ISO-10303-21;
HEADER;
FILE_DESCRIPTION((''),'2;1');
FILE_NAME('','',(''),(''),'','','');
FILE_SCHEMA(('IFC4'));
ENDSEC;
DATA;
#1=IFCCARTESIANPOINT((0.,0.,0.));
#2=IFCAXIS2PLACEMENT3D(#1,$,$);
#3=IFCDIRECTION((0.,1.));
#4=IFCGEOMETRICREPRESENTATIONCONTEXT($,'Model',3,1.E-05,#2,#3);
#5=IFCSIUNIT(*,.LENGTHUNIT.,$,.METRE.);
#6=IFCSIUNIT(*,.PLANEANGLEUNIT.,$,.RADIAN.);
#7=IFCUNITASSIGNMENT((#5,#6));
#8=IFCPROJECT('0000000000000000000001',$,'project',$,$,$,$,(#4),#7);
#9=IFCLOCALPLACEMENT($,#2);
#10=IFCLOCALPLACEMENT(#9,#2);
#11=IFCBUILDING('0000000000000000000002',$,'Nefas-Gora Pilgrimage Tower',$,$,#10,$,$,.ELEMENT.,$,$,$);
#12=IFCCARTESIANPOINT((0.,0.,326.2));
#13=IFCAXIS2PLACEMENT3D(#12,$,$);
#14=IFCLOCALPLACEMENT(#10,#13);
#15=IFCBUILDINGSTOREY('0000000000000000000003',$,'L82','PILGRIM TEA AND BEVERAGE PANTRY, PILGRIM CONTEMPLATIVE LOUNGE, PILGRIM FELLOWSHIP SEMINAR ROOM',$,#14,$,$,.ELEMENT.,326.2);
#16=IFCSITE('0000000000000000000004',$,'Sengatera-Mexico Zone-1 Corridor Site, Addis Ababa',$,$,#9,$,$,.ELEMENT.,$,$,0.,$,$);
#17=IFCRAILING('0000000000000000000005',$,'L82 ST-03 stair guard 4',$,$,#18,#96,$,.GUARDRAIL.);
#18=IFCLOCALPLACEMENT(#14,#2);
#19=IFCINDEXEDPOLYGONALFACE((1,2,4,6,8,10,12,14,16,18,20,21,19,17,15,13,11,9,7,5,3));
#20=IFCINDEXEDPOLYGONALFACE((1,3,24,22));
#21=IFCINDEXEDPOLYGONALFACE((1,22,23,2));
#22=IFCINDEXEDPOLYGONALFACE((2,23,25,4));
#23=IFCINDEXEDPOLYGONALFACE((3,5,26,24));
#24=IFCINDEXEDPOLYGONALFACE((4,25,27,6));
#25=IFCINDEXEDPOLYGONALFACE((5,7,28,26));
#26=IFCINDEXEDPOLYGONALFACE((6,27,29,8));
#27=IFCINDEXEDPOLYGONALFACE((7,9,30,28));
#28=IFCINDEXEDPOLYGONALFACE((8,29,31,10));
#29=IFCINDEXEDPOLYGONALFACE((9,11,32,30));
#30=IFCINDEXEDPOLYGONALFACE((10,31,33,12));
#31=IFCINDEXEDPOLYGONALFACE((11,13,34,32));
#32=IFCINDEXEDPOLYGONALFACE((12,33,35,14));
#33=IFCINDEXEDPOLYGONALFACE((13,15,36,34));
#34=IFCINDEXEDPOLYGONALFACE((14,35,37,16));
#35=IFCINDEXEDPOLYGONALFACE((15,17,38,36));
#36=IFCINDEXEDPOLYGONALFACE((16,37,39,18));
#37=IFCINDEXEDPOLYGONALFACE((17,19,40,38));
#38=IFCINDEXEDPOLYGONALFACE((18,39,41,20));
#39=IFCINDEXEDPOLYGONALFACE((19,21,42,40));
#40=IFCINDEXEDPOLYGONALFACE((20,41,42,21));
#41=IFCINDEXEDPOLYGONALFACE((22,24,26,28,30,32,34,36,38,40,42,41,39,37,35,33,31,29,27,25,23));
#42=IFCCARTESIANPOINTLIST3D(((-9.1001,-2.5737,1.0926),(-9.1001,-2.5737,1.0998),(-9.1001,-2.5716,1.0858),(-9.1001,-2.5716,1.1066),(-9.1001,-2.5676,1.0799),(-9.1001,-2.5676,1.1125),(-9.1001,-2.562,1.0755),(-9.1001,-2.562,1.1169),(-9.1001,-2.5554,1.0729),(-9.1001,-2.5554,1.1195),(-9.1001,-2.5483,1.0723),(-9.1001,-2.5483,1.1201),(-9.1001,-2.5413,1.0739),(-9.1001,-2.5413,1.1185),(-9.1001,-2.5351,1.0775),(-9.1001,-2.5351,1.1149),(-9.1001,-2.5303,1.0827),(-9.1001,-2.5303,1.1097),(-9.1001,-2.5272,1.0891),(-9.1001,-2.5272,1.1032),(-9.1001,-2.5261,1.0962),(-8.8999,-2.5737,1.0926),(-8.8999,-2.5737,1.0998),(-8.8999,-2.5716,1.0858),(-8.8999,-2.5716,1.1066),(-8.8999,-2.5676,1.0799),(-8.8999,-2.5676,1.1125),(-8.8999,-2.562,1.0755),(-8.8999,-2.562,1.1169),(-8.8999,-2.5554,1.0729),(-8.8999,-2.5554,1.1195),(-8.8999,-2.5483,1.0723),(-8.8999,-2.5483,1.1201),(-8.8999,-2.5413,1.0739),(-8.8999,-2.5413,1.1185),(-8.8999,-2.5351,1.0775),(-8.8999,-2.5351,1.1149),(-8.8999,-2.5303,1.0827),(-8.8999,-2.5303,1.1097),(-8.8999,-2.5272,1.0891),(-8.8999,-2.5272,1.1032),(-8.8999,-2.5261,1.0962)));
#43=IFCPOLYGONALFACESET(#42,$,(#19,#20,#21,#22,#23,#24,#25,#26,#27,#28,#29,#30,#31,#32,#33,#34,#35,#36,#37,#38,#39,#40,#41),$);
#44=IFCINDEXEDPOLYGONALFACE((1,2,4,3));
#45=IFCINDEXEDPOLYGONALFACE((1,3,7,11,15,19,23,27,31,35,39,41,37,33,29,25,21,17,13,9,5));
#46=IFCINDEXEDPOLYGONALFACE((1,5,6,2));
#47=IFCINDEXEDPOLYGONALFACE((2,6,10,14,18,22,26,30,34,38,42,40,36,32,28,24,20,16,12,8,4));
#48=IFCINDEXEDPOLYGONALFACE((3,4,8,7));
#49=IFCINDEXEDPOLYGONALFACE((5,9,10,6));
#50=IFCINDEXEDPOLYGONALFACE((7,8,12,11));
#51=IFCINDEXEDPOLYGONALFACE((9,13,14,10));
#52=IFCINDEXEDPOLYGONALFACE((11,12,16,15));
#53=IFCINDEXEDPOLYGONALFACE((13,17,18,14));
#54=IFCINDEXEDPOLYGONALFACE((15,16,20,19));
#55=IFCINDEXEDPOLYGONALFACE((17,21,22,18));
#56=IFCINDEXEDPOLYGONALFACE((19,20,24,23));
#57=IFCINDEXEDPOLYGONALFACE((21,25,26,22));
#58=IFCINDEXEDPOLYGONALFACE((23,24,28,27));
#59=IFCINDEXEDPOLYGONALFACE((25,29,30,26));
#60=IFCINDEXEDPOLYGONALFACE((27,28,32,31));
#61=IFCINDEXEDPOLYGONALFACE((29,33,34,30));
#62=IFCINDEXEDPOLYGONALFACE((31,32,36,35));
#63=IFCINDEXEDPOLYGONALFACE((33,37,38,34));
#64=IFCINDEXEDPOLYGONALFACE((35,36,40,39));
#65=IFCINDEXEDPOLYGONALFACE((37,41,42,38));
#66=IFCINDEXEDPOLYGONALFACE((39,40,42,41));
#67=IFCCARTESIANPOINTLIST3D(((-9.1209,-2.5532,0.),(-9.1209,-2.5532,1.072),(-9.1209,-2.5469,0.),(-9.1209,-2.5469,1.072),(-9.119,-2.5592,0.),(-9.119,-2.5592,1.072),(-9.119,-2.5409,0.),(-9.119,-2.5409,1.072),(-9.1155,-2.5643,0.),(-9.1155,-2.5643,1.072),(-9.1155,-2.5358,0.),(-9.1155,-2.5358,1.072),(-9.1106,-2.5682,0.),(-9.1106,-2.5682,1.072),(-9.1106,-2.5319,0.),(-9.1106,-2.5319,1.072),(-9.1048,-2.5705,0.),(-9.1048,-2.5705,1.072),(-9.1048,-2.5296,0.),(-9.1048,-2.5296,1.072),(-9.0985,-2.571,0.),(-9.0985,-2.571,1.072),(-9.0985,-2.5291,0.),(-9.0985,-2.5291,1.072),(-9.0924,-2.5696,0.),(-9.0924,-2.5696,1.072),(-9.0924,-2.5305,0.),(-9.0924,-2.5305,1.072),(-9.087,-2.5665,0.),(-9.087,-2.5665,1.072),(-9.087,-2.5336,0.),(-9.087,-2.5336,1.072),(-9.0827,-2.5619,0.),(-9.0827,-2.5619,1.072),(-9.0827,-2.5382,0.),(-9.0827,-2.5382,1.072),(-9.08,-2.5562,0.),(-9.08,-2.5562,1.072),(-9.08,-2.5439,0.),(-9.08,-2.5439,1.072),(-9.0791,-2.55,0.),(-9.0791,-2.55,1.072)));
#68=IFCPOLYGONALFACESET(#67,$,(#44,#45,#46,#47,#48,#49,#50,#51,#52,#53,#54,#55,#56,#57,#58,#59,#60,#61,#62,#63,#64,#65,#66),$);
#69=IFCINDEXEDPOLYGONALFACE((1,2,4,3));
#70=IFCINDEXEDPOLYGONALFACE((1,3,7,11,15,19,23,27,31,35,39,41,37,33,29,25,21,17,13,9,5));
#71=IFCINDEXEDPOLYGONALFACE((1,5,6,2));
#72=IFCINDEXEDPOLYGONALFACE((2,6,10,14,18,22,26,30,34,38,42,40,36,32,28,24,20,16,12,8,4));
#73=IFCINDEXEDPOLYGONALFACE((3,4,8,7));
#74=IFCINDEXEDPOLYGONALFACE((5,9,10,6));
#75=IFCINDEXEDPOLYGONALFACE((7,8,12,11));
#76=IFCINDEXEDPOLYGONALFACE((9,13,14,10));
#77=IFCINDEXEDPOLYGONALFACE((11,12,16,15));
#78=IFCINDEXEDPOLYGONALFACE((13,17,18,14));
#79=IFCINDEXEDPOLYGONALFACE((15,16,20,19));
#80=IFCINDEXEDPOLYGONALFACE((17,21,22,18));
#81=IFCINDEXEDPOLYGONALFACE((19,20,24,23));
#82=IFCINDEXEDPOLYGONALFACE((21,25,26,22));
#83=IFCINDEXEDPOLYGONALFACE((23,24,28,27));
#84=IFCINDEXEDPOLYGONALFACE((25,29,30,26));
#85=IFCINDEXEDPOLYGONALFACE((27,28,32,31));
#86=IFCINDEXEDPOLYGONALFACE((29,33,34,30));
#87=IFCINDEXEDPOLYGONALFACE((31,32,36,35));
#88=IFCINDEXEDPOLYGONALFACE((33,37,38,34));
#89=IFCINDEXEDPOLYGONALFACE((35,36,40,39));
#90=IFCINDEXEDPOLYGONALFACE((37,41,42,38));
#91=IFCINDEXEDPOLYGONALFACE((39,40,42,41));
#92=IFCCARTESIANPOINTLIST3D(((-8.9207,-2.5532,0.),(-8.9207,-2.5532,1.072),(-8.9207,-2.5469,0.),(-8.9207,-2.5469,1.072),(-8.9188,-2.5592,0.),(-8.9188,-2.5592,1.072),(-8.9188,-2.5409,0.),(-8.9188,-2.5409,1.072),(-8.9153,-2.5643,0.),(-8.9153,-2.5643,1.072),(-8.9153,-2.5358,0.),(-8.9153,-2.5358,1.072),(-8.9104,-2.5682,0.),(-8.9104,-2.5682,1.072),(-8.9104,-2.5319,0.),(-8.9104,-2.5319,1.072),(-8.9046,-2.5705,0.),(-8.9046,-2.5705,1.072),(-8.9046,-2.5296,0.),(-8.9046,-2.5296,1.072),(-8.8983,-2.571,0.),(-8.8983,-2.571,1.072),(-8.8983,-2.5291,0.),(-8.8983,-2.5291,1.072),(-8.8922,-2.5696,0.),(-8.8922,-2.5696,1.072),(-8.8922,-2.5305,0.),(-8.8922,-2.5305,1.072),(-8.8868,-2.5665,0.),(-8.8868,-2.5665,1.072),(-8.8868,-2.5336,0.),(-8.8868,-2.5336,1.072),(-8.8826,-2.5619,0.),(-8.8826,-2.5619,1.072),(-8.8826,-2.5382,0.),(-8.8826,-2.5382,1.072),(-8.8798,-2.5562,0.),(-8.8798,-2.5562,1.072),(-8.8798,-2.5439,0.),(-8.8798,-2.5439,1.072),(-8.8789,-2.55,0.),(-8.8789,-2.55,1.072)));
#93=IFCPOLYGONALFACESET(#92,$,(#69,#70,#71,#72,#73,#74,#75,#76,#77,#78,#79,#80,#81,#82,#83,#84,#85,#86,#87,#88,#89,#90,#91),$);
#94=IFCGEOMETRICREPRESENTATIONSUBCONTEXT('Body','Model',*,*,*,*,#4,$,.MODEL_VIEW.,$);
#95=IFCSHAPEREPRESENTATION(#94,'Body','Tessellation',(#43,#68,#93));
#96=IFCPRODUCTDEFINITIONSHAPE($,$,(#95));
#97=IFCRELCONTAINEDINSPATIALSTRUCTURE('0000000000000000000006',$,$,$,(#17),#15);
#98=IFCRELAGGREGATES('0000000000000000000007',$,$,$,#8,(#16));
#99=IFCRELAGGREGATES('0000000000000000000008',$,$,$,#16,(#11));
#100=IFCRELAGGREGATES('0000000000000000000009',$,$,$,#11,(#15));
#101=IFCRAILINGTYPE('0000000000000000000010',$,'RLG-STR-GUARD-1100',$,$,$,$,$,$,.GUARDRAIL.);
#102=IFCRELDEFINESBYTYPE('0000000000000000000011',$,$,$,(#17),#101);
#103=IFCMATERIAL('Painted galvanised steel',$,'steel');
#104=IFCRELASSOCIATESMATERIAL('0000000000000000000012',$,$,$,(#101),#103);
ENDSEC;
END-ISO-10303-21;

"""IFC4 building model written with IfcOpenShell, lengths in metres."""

from ifc_helpers import new_model, si_unit, direction, frame, origin, origin_2d, place, context, subcontext, project, spatial, circle, extrude, material, type_object, element, save


model = new_model("IFC4")

# Units and contexts
model_context = context("Model", 3, precision=1e-05, world=origin(), true_north=direction((0.0, 1.0)))
body_context = subcontext(model_context, "Body", "Model", "MODEL_VIEW")
ifc_project = project(units=[si_unit("LENGTHUNIT", "METRE"), si_unit("PLANEANGLEUNIT", "RADIAN")], contexts=[model_context])

# Site, building, storey
site_placement = place(None, origin())
site = spatial("IfcSite", under=ifc_project, at=site_placement, Name="Sengatera-Mexico Zone-1 Corridor Site, Addis Ababa", CompositionType="ELEMENT", RefElevation=0.0)
building_placement = place(site_placement, origin())
building = spatial("IfcBuilding", under=site, at=building_placement, Name="Nefas-Gora Pilgrimage Tower", CompositionType="ELEMENT")
storey_placement = place(building_placement, frame((0.0, 0.0, 326.2)))
storey = spatial("IfcBuildingStorey", under=building, at=storey_placement, Name="L82", Description="PILGRIM TEA AND BEVERAGE PANTRY, PILGRIM CONTEMPLATIVE LOUNGE, PILGRIM FELLOWSHIP SEMINAR ROOM", CompositionType="ELEMENT", Elevation=326.2)

# Railing
ifc_material_1 = material(Name="Painted galvanised steel", Category="steel")
railing_type_1 = type_object("IfcRailingType", Name="RLG-STR-GUARD-1100", PredefinedType="GUARDRAIL", material=ifc_material_1)
railing_1_placement = place(storey_placement, frame((-9.1001, -2.55, 0.0)))
element("IfcRailing", 1, at=railing_1_placement, inside=storey, type_object=railing_type_1, Name="L82 ST-03 stair guard 4", PredefinedType="GUARDRAIL", context=body_context, shape_type="SweptSolid", body=[
    extrude(circle(Radius=0.0239, at=origin_2d()), frame((0.0, 0.0, 1.0962), z_axis=(1.0, 0.0, 0.0), x_axis=(0.0, 1.0, 0.0)), (0.0, 0.0, 1.0), 0.2002),
    extrude(circle(Radius=0.021, at=origin_2d()), origin(), (0.0, 0.0, 1.0), 1.072),
    extrude(circle(Radius=0.021, at=origin_2d()), frame((0.2002, 0.0, 0.0)), (0.0, 0.0, 1.0), 1.072),
])

save(model, "model.ifc")
